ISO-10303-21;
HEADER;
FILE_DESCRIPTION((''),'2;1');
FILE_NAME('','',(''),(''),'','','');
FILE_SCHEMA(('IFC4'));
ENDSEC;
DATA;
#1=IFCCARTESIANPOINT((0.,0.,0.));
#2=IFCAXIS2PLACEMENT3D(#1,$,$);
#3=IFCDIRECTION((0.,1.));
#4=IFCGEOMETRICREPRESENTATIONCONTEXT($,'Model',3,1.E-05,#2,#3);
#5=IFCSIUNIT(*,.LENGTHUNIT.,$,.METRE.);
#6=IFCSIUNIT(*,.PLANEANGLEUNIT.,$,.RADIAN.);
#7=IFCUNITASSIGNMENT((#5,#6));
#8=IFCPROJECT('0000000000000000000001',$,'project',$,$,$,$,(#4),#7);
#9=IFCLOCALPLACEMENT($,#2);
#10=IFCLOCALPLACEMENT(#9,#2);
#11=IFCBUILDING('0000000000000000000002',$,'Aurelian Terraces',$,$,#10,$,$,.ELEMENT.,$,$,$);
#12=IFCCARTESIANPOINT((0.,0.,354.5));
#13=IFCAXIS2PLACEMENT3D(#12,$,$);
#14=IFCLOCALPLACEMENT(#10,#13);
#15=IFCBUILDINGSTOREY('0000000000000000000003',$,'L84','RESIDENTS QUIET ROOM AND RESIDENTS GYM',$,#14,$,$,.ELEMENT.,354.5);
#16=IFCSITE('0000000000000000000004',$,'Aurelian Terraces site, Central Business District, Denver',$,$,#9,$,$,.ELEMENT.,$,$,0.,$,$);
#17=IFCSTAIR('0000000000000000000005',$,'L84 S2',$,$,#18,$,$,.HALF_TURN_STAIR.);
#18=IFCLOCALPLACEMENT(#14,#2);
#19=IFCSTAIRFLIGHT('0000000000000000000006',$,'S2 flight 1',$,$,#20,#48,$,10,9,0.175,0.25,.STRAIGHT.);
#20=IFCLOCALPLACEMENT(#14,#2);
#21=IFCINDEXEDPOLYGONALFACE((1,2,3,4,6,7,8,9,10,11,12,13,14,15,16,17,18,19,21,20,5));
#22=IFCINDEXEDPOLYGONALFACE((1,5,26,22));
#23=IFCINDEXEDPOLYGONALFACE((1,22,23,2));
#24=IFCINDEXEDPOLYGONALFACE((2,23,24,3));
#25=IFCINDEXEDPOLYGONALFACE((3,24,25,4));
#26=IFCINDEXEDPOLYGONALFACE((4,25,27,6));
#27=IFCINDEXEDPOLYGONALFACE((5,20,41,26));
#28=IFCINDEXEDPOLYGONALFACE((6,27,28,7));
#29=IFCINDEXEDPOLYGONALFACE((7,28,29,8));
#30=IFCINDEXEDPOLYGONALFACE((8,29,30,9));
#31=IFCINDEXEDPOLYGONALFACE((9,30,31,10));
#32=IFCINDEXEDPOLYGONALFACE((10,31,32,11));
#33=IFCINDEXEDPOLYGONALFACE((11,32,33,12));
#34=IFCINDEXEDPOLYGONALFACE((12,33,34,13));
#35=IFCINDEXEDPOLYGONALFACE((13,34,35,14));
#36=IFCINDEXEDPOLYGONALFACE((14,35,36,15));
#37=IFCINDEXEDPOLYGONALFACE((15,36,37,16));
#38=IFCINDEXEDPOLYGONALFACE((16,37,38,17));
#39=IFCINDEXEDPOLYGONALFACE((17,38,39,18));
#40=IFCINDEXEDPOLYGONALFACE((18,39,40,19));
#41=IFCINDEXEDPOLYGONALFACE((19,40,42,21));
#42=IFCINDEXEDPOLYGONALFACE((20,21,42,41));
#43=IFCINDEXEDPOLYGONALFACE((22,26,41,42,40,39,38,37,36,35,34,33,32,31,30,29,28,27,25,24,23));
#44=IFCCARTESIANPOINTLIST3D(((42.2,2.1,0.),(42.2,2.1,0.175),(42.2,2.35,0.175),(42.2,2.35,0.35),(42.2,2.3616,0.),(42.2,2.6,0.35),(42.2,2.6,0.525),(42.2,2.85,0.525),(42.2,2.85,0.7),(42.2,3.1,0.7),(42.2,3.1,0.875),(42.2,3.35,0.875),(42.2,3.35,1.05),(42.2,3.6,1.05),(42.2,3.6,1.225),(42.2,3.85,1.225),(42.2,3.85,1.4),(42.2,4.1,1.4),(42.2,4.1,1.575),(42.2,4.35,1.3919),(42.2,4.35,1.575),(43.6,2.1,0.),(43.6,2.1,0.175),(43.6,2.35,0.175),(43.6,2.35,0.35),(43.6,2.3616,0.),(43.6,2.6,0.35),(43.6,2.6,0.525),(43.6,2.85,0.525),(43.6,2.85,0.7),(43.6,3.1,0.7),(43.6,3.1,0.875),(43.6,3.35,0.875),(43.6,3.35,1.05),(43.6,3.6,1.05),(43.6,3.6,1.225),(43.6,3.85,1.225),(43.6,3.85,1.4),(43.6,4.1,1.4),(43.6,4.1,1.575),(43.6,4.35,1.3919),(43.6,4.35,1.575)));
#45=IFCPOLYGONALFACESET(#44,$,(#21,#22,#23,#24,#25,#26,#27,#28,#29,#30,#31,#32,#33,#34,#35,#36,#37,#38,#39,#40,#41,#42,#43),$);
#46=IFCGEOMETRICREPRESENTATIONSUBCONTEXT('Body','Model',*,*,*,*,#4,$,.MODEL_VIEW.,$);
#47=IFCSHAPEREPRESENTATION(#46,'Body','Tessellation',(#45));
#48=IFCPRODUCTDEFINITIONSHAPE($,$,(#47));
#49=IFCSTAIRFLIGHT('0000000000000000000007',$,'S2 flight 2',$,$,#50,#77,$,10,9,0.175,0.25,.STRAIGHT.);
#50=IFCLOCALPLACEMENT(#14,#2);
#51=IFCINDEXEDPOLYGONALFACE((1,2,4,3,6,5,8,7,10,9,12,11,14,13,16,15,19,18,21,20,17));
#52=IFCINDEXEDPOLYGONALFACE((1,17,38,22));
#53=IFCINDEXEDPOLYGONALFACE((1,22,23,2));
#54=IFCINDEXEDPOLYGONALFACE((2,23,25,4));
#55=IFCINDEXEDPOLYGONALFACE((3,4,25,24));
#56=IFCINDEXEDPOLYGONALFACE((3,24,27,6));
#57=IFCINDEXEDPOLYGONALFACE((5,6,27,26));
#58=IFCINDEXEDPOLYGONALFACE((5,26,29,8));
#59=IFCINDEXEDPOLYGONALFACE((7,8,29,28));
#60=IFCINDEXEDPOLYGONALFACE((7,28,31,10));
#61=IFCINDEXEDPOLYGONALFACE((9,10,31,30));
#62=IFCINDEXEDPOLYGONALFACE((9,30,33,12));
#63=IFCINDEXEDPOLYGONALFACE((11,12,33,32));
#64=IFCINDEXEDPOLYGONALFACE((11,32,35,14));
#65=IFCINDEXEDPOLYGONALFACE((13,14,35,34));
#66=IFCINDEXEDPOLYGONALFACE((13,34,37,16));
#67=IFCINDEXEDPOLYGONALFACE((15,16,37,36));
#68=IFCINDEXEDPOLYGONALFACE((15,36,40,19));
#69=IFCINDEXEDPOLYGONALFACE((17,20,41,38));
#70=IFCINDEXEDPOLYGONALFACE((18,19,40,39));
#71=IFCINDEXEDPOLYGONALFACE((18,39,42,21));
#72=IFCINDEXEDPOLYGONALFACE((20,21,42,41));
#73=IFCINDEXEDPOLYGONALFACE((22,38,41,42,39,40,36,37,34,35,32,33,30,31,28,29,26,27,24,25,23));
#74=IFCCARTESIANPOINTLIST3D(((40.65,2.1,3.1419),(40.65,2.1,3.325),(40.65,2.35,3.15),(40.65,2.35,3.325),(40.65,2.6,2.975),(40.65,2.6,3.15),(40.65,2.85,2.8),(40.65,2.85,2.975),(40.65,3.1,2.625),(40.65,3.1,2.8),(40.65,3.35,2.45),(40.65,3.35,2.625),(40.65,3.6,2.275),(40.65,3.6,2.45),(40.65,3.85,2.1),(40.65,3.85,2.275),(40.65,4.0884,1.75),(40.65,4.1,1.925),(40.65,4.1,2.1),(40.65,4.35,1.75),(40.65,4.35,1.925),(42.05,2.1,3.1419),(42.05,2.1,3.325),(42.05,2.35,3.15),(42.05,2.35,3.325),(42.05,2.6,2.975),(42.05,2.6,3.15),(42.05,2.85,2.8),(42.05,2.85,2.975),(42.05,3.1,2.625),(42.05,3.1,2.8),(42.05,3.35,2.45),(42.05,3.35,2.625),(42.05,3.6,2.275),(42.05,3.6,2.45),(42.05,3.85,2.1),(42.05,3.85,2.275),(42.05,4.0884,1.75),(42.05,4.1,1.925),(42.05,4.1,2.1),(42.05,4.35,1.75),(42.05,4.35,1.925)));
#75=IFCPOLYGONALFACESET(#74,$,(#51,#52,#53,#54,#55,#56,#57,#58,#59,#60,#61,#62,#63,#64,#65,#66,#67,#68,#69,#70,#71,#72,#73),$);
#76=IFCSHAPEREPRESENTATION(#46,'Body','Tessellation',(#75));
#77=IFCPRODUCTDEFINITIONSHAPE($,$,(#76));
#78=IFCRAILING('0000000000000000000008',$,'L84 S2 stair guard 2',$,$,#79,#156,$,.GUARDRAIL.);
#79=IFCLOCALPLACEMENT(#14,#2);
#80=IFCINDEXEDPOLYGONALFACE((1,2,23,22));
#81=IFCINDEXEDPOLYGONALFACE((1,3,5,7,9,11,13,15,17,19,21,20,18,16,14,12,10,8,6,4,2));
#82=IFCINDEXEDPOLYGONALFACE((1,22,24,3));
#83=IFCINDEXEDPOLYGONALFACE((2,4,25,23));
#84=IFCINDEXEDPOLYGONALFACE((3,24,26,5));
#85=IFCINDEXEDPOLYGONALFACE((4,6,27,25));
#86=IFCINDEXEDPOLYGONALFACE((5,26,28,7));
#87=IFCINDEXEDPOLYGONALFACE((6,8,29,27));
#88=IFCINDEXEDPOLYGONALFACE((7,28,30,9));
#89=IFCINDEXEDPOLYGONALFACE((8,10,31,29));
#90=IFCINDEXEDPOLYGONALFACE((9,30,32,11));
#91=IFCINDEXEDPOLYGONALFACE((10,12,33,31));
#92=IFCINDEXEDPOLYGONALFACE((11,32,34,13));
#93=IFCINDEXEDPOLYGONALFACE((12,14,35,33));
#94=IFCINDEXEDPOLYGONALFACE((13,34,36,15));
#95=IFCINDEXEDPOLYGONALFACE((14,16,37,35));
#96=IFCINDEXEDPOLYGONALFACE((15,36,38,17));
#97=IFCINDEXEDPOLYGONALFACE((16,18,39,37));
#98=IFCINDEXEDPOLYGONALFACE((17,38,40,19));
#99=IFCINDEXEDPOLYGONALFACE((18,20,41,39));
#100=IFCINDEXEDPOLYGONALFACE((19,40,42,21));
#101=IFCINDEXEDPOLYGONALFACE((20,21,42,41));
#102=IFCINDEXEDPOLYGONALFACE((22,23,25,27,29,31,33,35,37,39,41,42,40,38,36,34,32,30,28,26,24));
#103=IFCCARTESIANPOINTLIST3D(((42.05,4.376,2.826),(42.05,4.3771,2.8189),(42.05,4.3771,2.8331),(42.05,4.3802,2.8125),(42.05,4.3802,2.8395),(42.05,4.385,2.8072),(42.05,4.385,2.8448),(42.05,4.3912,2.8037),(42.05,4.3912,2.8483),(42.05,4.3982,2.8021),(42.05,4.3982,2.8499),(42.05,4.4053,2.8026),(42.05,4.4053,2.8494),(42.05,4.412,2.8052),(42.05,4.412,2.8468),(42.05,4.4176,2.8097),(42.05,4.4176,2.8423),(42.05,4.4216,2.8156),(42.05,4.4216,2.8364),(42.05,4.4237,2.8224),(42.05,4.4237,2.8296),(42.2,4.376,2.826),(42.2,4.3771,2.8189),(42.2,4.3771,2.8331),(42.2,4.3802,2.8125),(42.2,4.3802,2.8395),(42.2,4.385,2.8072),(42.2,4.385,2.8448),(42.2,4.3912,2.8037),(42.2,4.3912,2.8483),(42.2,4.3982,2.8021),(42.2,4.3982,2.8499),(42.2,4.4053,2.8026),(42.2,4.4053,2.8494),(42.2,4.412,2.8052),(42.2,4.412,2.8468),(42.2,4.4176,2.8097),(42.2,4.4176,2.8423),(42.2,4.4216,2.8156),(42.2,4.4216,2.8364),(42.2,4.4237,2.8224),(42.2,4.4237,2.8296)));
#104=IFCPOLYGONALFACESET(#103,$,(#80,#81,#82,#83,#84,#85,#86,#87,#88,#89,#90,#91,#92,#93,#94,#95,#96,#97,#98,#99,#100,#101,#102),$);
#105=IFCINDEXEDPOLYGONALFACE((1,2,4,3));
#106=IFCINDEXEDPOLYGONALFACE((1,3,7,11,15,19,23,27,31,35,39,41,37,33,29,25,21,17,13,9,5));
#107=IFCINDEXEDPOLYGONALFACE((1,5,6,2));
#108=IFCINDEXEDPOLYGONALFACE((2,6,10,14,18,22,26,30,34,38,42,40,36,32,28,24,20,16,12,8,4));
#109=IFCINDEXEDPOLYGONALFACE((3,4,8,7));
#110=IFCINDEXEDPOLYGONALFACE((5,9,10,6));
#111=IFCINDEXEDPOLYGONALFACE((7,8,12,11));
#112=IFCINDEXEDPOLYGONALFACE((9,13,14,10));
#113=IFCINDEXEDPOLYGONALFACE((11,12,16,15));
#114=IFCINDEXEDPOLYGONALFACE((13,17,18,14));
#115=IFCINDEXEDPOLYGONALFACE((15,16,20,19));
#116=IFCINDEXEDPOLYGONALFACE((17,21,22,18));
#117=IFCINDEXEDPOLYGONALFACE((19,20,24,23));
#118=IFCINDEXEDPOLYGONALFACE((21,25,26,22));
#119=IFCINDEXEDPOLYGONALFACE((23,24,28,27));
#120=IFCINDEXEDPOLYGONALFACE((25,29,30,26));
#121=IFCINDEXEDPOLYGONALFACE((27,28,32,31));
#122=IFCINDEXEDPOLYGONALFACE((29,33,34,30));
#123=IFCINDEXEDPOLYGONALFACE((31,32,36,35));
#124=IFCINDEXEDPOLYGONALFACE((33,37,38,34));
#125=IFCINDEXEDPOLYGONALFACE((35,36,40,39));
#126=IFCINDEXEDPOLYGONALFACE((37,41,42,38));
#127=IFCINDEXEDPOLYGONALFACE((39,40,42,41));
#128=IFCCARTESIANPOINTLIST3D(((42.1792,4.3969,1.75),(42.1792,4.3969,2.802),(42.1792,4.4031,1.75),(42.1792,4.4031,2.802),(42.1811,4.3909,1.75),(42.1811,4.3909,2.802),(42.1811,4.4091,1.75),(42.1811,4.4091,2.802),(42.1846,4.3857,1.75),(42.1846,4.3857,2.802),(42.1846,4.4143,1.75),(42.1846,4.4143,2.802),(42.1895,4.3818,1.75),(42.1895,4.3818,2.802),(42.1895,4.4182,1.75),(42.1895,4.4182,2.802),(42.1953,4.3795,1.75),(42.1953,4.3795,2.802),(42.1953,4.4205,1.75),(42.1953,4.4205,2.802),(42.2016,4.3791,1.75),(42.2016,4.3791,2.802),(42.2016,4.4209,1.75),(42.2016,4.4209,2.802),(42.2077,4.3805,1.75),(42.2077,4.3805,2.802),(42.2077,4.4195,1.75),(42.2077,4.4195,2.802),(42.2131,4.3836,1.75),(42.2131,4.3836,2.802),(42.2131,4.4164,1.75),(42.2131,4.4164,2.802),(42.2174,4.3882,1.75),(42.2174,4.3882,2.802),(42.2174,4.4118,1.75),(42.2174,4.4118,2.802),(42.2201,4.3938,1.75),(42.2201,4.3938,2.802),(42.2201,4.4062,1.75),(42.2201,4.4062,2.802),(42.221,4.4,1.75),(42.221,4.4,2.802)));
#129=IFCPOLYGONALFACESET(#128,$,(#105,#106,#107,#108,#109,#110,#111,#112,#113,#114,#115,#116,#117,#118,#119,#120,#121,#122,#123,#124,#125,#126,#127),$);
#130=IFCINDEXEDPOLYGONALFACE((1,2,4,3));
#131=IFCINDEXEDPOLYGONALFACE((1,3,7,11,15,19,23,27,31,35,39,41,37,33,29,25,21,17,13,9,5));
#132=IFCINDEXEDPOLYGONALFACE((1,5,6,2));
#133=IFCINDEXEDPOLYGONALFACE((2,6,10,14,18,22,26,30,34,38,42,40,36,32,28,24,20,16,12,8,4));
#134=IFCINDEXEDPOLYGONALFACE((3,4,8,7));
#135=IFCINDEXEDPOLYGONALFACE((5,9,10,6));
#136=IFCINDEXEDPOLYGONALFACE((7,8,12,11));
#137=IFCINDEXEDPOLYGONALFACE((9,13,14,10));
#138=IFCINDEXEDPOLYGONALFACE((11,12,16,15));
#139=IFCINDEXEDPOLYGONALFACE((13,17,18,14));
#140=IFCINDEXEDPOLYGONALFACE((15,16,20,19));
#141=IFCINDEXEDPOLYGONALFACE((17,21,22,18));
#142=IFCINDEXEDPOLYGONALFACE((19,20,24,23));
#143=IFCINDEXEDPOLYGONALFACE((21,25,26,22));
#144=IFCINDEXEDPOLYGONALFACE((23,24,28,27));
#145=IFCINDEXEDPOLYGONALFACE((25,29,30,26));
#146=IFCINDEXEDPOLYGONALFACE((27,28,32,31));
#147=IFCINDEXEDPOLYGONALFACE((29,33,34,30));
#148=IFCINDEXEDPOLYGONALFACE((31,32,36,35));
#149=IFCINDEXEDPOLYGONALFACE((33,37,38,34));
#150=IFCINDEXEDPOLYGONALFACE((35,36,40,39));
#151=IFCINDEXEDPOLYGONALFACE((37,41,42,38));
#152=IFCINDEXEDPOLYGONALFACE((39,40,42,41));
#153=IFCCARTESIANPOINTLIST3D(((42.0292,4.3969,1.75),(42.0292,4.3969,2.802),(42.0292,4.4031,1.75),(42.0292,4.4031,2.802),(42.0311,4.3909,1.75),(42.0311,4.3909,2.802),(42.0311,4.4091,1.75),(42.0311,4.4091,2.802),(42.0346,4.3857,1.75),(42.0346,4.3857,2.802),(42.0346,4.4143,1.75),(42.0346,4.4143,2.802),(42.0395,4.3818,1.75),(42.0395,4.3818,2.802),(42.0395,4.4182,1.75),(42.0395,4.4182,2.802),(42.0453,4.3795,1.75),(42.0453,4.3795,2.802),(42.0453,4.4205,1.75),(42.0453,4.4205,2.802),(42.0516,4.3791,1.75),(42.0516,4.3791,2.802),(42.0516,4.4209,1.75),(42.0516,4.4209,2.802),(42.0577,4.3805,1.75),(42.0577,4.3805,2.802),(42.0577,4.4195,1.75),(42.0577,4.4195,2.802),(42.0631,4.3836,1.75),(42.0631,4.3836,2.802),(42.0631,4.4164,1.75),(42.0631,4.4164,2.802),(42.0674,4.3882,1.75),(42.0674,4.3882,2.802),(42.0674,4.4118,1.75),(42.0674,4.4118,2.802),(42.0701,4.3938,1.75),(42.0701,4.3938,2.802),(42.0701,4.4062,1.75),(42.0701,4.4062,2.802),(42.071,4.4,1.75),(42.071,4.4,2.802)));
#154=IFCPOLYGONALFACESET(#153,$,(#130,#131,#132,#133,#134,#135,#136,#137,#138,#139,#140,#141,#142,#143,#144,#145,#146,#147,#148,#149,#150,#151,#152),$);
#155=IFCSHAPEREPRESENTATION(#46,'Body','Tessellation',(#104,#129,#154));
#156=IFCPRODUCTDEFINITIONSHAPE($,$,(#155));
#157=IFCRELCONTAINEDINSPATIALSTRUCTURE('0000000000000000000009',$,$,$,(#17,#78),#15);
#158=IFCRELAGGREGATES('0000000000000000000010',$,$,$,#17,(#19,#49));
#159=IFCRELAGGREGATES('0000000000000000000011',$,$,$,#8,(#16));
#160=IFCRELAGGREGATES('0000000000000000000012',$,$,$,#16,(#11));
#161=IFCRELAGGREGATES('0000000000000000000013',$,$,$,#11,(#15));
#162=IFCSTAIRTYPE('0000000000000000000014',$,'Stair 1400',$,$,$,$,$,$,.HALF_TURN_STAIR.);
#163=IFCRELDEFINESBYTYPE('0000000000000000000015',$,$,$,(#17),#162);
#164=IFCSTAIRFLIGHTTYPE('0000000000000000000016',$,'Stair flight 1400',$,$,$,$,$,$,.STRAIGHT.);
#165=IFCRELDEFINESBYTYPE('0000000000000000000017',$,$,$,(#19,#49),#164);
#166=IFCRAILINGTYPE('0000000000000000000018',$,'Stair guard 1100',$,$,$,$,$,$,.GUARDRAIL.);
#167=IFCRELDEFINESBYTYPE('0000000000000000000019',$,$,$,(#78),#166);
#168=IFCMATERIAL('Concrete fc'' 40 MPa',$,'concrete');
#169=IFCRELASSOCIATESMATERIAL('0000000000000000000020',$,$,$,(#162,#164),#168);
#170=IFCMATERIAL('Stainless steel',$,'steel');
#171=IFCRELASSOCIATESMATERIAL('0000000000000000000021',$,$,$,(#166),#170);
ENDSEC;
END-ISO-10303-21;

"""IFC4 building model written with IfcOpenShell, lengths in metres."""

from ifc_helpers import new_model, si_unit, direction, frame, origin, origin_2d, place, context, subcontext, project, spatial, polyline, circle, outline, extrude, source, transform, mapped, material, type_object, element, aggregate, save


model = new_model("IFC4")

# Units and contexts
model_context = context("Model", 3, precision=1e-05, world=origin(), true_north=direction((0.0, 1.0)))
body_context = subcontext(model_context, "Body", "Model", "MODEL_VIEW")
ifc_project = project(units=[si_unit("LENGTHUNIT", "METRE"), si_unit("PLANEANGLEUNIT", "RADIAN")], contexts=[model_context])

# Site, building, storey
site_placement = place(None, origin())
site = spatial("IfcSite", under=ifc_project, at=site_placement, Name="Aurelian Terraces site, Central Business District, Denver", CompositionType="ELEMENT", RefElevation=0.0)
building_placement = place(site_placement, origin())
building = spatial("IfcBuilding", under=site, at=building_placement, Name="Aurelian Terraces", CompositionType="ELEMENT")
storey_placement = place(building_placement, frame((0.0, 0.0, 354.5)))
storey = spatial("IfcBuildingStorey", under=building, at=storey_placement, Name="L84", Description="RESIDENTS QUIET ROOM AND RESIDENTS GYM", CompositionType="ELEMENT", Elevation=354.5)

# Shared definitions
ifc_material_1 = material(Name="Concrete fc' 40 MPa", Category="concrete")

# Stair, stair flights
stair_type = type_object("IfcStairType", Name="Stair 1400", PredefinedType="HALF_TURN_STAIR", material=ifc_material_1)
stair_placement = place(storey_placement, origin())
stair = element("IfcStair", 1, at=stair_placement, inside=storey, type_object=stair_type, Name="L84 S2", PredefinedType="HALF_TURN_STAIR")
stair_flight_type = type_object("IfcStairFlightType", Name="Stair flight 1400", PredefinedType="STRAIGHT", material=ifc_material_1)
shared_shape_1 = source(origin(), body_context, "Body", "SweptSolid", [
    extrude(outline(polyline([(0.0, 0.0), (0.0, 0.175), (0.25, 0.175), (0.25, 0.35), (0.5, 0.35), (0.5, 0.525), (0.75, 0.525), (0.75, 0.7), (1.0, 0.7), (1.0, 0.875), (1.25, 0.875), (1.25, 1.05), (1.5, 1.05), (1.5, 1.225), (1.75, 1.225), (1.75, 1.4), (2.0, 1.4), (2.0, 1.575), (2.25, 1.575), (2.25, 1.75), (2.25, 1.3919), (0.2616, 0.0), (0.0, 0.0)])), frame((0.0, 0.7, 0.0), z_axis=(0.0, -1.0, 0.0), x_axis=(1.0, 0.0, 0.0)), (0.0, 0.0, 1.0), 1.4),
])
stair_flight_1_placement = place(storey_placement, frame((42.9, 2.1, 0.0), z_axis=(0.0, 0.0, 1.0), x_axis=(0.0, 1.0, 0.0)))
stair_flight_1 = element("IfcStairFlight", 2, at=stair_flight_1_placement, type_object=stair_flight_type, Name="S2 flight 1", NumberOfRisers=10, NumberOfTreads=9, PredefinedType="STRAIGHT", RiserHeight=0.175, TreadLength=0.25, context=body_context, shape_type="MappedRepresentation", body=[
    mapped(shared_shape_1, transform((0.0, 0.0, 0.0), scale=1.0)),
])
stair_flight_2_placement = place(storey_placement, frame((41.35, 4.35, 1.75), z_axis=(0.0, 0.0, 1.0), x_axis=(0.0, -1.0, 0.0)))
stair_flight_2 = element("IfcStairFlight", 3, at=stair_flight_2_placement, type_object=stair_flight_type, Name="S2 flight 2", NumberOfRisers=10, NumberOfTreads=9, PredefinedType="STRAIGHT", RiserHeight=0.175, TreadLength=0.25, context=body_context, shape_type="MappedRepresentation", body=[
    mapped(shared_shape_1, transform((0.0, 0.0, 0.0), scale=1.0)),
])
aggregate(stair, [stair_flight_1, stair_flight_2])

# Railing
ifc_material_2 = material(Name="Stainless steel", Category="steel")
railing_type_1 = type_object("IfcRailingType", Name="Stair guard 1100", PredefinedType="GUARDRAIL", material=ifc_material_2)
shared_shape_2 = source(origin(), body_context, "Body", "SweptSolid", [
    extrude(circle(Radius=0.024, at=origin_2d()), frame((0.0, 0.0, 1.076), z_axis=(-1.0, 0.0, 0.0), x_axis=(0.0, -1.0, 0.0)), (0.0, 0.0, 1.0), 0.15),
    extrude(circle(Radius=0.021, at=origin_2d()), origin(), (0.0, 0.0, 1.0), 1.052),
    extrude(circle(Radius=0.021, at=origin_2d()), frame((-0.15, 0.0, 0.0)), (0.0, 0.0, 1.0), 1.052),
])
for number, where, name in (
    (4, (42.2, 4.4, 1.75), "L84 S2 stair guard 2"),
):
    element("IfcRailing", number, at=place(storey_placement, frame(where)), inside=storey, type_object=railing_type_1, Name=name, PredefinedType="GUARDRAIL", context=body_context, shape_type="MappedRepresentation", body=[
        mapped(shared_shape_2, transform((0.0, 0.0, 0.0), scale=1.0)),
    ])

save(model, "model.ifc")
